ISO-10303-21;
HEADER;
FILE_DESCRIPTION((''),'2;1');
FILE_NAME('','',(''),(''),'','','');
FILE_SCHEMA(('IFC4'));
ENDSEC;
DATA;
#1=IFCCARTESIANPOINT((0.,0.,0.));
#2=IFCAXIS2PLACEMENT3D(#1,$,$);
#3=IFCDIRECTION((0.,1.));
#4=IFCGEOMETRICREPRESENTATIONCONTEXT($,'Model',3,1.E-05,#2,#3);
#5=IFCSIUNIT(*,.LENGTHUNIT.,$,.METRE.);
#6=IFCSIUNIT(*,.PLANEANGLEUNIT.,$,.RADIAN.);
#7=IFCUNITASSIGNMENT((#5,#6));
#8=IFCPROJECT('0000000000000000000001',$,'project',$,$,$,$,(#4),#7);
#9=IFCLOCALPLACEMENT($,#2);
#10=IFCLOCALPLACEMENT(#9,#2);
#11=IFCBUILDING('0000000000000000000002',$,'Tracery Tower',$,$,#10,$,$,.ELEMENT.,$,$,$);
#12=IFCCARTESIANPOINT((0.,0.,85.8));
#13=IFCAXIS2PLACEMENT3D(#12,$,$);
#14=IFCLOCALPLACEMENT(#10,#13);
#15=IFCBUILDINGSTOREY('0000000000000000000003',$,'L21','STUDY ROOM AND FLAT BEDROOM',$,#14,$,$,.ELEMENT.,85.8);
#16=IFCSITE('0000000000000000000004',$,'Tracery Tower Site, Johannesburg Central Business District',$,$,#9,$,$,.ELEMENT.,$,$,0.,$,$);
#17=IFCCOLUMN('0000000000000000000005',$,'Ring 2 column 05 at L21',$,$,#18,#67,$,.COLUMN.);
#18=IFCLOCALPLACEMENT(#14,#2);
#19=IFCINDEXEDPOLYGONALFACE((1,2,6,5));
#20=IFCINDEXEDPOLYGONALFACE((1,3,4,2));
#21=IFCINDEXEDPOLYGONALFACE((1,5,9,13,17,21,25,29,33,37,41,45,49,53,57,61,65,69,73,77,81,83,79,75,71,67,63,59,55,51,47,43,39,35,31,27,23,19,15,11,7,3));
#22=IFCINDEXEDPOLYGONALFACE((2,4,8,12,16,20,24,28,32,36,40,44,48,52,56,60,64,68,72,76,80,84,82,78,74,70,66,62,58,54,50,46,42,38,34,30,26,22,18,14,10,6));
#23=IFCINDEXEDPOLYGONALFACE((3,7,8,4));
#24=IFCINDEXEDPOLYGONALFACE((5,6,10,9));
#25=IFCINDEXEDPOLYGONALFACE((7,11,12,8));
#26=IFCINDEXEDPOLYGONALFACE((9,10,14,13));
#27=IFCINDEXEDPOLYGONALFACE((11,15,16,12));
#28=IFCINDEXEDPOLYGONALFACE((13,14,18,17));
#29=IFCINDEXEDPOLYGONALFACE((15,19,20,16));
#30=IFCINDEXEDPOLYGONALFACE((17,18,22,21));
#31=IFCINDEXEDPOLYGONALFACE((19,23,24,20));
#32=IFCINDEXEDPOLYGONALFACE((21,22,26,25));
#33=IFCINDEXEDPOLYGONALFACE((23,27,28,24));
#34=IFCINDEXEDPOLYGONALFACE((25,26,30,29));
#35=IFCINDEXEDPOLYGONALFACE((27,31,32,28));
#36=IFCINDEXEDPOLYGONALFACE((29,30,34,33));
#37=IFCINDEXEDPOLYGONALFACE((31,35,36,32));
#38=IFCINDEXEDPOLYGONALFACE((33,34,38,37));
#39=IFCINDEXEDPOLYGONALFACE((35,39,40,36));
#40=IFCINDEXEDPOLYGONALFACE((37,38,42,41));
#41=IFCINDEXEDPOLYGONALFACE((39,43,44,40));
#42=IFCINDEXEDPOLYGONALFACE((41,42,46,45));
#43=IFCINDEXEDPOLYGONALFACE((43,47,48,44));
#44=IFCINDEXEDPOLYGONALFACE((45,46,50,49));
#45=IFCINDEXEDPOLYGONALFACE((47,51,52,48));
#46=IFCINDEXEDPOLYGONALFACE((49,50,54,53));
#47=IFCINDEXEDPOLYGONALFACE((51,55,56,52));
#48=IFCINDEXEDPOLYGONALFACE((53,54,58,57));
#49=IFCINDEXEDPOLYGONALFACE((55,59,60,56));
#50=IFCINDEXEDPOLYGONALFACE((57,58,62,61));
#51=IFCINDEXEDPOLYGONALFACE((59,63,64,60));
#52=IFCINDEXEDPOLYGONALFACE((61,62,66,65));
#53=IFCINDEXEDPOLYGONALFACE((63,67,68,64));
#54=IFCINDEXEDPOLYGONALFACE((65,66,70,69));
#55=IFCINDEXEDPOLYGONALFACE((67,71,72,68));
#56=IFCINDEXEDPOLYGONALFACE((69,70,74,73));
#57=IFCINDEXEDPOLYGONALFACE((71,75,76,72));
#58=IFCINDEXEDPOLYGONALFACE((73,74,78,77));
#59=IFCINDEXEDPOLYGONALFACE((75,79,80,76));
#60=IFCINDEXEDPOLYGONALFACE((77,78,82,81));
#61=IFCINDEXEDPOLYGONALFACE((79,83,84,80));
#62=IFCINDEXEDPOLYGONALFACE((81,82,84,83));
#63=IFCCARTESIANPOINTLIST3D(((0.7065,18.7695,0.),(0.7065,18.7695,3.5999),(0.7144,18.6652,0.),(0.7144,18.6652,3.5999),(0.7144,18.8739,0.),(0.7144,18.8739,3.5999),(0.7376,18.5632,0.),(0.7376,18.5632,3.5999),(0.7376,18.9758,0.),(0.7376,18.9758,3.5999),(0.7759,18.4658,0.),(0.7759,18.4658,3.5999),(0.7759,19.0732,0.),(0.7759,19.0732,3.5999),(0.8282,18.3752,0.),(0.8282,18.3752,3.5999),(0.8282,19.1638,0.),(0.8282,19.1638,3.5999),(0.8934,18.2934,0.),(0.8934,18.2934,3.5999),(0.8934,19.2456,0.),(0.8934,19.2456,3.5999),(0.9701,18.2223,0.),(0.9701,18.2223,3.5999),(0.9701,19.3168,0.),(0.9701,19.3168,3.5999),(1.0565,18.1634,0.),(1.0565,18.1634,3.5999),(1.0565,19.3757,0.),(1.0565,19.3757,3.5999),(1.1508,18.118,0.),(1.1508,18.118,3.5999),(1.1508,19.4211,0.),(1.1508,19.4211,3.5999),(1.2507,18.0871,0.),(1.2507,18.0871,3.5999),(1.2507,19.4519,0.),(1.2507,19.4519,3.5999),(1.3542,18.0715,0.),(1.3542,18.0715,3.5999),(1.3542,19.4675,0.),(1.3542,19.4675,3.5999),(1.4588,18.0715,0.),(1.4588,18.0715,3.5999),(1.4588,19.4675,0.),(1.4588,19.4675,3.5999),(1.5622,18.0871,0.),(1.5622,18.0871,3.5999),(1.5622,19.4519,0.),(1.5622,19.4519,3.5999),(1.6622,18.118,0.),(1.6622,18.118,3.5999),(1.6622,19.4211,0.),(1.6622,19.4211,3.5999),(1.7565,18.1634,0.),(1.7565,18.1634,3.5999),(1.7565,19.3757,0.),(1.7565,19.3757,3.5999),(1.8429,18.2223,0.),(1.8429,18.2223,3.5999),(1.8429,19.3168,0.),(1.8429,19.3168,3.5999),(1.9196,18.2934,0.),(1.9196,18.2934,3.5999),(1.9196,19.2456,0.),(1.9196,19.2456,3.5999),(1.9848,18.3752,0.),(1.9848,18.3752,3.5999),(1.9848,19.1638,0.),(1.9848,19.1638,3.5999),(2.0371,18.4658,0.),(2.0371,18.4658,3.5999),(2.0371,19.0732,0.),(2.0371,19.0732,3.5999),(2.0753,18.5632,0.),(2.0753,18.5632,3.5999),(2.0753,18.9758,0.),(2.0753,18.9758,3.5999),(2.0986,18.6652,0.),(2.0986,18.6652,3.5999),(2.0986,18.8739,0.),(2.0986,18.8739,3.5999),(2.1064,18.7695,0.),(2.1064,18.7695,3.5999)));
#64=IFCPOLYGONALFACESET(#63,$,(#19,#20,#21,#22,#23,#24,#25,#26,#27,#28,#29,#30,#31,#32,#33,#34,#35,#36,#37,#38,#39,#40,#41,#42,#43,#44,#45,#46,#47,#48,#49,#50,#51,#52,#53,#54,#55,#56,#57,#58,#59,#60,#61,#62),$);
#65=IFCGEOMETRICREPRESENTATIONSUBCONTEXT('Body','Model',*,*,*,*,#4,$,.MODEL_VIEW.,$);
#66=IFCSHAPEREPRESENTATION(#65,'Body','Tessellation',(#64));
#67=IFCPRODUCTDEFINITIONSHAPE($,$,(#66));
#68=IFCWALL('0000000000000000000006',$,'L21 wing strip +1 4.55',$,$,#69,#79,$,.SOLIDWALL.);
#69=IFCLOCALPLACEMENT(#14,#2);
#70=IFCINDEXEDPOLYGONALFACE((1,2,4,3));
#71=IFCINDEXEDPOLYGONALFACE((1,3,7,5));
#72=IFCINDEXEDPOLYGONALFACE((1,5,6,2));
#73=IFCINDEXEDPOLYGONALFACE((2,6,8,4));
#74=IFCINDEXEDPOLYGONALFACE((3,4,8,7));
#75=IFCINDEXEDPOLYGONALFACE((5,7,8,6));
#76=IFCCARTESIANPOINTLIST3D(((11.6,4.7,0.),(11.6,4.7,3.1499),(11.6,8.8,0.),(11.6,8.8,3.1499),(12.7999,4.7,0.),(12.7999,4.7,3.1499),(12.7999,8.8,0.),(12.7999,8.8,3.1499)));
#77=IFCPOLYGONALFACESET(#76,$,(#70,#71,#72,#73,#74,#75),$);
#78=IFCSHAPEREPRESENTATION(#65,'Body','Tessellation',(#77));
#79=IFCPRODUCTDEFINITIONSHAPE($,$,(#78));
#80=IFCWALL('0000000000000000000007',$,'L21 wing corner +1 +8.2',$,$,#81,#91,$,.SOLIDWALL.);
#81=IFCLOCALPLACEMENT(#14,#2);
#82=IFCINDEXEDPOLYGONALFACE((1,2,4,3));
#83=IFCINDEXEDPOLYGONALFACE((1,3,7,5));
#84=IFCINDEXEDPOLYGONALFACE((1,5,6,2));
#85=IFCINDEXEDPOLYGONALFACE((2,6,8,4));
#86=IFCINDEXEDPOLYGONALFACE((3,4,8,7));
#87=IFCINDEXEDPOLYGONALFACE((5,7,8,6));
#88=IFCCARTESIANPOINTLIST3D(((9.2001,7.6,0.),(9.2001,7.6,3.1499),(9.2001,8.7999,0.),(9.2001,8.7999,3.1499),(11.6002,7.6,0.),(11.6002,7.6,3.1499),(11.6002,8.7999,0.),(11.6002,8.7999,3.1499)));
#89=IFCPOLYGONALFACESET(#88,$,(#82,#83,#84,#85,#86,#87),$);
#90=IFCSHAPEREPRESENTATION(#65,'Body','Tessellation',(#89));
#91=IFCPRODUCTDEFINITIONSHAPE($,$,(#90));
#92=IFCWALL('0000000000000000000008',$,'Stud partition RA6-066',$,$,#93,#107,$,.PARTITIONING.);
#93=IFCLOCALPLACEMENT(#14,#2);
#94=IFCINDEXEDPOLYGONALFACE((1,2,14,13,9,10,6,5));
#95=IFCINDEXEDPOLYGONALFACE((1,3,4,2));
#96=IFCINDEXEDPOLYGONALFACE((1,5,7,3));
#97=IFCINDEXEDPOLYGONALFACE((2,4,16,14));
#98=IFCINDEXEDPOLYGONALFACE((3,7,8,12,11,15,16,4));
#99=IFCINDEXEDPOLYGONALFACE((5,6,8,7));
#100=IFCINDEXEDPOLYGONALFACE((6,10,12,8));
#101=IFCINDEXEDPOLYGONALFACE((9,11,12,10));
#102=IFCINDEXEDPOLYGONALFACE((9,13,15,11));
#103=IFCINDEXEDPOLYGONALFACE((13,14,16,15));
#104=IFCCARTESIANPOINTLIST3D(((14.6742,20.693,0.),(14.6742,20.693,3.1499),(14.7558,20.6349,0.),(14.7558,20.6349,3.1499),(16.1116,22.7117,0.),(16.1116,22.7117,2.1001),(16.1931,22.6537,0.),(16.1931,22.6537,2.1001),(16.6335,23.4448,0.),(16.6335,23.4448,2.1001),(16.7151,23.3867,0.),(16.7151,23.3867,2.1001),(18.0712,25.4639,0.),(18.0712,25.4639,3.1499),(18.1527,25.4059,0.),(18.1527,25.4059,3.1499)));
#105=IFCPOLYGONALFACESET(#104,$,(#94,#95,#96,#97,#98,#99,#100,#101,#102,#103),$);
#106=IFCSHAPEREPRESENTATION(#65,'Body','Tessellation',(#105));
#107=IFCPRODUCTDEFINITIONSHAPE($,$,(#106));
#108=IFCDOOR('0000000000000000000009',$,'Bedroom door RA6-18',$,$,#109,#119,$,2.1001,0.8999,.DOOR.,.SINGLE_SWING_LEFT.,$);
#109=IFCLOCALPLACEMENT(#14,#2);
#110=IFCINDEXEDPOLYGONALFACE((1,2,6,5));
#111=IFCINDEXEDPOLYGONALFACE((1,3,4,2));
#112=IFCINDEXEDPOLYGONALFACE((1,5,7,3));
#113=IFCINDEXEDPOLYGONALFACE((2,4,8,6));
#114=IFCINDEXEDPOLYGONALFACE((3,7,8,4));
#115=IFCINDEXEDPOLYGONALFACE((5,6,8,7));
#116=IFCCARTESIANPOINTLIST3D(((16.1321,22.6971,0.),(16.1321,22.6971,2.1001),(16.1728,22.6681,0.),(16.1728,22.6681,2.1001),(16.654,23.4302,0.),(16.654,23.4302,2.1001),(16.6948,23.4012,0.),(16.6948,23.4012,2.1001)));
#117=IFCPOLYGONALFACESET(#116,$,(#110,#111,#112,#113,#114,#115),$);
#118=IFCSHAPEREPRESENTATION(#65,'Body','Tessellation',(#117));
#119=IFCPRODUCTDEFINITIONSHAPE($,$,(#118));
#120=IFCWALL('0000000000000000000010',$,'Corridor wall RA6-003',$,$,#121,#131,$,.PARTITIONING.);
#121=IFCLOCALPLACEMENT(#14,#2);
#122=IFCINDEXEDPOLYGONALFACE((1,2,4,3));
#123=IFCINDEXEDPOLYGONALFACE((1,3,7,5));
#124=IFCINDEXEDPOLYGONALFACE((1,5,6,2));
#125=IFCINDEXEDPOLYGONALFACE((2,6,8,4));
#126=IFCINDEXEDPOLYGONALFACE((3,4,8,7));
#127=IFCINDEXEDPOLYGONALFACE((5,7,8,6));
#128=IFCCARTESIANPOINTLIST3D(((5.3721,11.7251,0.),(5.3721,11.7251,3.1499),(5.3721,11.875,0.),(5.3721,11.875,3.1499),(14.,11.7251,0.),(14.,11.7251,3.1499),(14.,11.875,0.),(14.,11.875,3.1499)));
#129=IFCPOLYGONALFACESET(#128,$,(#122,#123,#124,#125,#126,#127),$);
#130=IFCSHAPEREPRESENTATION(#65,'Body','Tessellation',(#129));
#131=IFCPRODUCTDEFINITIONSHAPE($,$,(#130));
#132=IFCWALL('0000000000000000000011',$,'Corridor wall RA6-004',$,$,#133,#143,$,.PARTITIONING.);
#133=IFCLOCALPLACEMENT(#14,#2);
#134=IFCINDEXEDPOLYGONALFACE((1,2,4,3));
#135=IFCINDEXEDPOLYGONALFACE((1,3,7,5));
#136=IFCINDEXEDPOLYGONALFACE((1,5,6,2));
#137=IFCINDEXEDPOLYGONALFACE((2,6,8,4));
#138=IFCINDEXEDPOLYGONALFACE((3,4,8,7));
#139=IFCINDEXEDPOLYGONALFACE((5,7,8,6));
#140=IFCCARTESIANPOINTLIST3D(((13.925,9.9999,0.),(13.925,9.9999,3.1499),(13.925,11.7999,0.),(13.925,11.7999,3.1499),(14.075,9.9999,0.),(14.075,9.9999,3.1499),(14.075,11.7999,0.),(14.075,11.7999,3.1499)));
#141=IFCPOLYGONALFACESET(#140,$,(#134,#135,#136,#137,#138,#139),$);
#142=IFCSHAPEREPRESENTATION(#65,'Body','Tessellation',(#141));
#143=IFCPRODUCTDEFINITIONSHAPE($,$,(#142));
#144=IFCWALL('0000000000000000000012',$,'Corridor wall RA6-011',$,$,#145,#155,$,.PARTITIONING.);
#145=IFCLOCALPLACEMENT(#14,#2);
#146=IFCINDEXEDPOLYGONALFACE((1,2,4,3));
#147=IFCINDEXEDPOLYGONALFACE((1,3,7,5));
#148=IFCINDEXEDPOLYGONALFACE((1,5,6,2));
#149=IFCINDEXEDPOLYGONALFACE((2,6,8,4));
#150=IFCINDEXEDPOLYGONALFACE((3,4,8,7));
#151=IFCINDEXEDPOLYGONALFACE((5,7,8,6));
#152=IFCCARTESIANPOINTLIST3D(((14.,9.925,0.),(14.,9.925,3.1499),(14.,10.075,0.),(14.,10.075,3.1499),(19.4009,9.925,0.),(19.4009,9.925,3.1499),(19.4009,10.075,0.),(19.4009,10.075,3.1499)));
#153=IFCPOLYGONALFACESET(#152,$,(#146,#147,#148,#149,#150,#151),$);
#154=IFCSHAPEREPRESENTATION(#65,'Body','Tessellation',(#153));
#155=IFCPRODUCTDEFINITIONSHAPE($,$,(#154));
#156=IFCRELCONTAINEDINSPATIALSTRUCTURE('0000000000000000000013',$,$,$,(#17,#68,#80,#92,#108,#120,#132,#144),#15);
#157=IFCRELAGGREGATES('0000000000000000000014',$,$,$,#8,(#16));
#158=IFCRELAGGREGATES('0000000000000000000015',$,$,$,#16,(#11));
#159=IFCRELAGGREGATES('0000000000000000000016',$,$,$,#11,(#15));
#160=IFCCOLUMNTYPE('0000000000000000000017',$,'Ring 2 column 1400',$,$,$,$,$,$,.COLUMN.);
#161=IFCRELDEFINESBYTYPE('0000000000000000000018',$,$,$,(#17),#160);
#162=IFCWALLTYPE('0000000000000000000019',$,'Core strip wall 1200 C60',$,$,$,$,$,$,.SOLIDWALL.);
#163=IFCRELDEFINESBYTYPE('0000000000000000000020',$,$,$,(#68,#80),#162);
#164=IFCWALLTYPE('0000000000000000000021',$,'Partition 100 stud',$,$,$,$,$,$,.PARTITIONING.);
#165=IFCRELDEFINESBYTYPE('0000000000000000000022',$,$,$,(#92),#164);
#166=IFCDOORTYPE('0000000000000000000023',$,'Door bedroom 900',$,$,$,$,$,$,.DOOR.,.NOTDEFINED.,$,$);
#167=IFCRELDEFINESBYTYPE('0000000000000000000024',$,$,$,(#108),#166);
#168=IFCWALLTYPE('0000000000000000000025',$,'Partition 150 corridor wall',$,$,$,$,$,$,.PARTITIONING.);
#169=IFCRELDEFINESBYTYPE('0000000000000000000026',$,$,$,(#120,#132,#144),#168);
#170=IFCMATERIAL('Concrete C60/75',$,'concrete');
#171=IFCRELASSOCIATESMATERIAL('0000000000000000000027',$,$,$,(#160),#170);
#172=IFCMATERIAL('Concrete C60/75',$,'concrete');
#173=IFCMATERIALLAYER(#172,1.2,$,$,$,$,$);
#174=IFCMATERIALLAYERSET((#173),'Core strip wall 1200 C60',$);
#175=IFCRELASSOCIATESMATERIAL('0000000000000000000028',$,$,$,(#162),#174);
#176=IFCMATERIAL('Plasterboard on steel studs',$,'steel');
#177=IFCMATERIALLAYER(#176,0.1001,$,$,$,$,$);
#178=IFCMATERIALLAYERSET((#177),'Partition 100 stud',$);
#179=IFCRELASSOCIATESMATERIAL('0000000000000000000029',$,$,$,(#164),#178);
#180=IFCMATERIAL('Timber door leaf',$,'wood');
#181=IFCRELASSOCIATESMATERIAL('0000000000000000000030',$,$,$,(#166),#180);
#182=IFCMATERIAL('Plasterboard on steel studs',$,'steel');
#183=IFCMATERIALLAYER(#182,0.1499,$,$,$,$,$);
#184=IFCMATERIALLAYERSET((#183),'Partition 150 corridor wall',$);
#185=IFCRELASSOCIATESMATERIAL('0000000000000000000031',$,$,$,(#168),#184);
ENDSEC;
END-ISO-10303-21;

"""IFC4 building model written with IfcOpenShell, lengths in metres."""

from ifc_helpers import new_model, si_unit, direction, frame, frame_2d, origin, origin_2d, place, context, subcontext, project, spatial, rectangle, circle, extrude, material, layer, layer_set, material_profile, profile_set, type_object, element, fill, save


model = new_model("IFC4")

# Units and contexts
model_context = context("Model", 3, precision=1e-05, world=origin(), true_north=direction((0.0, 1.0)))
body_context = subcontext(model_context, "Body", "Model", "MODEL_VIEW")
ifc_project = project(units=[si_unit("LENGTHUNIT", "METRE"), si_unit("PLANEANGLEUNIT", "RADIAN")], contexts=[model_context])

# Site, building, storey
site_placement = place(None, origin())
site = spatial("IfcSite", under=ifc_project, at=site_placement, Name="Tracery Tower Site, Johannesburg Central Business District", CompositionType="ELEMENT", RefElevation=0.0)
building_placement = place(site_placement, origin())
building = spatial("IfcBuilding", under=site, at=building_placement, Name="Tracery Tower", CompositionType="ELEMENT")
storey_placement = place(building_placement, frame((0.0, 0.0, 85.8)))
storey = spatial("IfcBuildingStorey", under=building, at=storey_placement, Name="L21", Description="STUDY ROOM AND FLAT BEDROOM", CompositionType="ELEMENT", Elevation=85.8)

# Column
ifc_material_1 = material(Name="Concrete C60/75", Category="concrete")
ifc_material_profile_1 = material_profile(ifc_material_1, circle(Radius=0.7, at=origin_2d()), Name="RC D1400")
ifc_profile_set_1 = profile_set([ifc_material_profile_1], Name="Concrete C60/75")
column_type_1 = type_object("IfcColumnType", Name="Ring 2 column 1400", PredefinedType="COLUMN", material=ifc_profile_set_1)
for number, where, z_axis, x_axis, name in (
    (1, (1.4065, 18.7695, 0.0), (0.0, 0.0, 1.0), (1.0, 0.0, 0.0), "Ring 2 column 05 at L21"),
):
    element("IfcColumn", number, at=place(storey_placement, frame(where, z_axis=z_axis, x_axis=x_axis)), inside=storey, type_object=column_type_1, Name=name, PredefinedType="COLUMN", context=body_context, shape_type="SweptSolid", body=[
        extrude(circle(Radius=0.7, at=origin_2d()), origin(), (0.0, 0.0, 1.0), 3.5999),
    ])

# Walls
ifc_material_2 = material(Name="Concrete C60/75", Category="concrete")
ifc_layer_1 = layer(ifc_material_2, 1.2)
ifc_layer_set_1 = layer_set([ifc_layer_1], Name="Core strip wall 1200 C60")
wall_type_1 = type_object("IfcWallType", Name="Core strip wall 1200 C60", PredefinedType="SOLIDWALL", material=ifc_layer_set_1)
wall_1_placement = place(storey_placement, frame((12.2, 4.7, 0.0), z_axis=(0.0, 0.0, 1.0), x_axis=(0.0, 1.0, 0.0)))
element("IfcWall", 2, at=wall_1_placement, inside=storey, type_object=wall_type_1, Name="L21 wing strip +1 4.55", PredefinedType="SOLIDWALL", context=body_context, shape_type="SweptSolid", body=[
    extrude(rectangle(XDim=4.1001, YDim=1.2, at=frame_2d((2.05, 0.0))), origin(), (0.0, 0.0, 1.0), 3.1499),
])
wall_2_placement = place(storey_placement, frame((9.2, 8.2, 0.0), z_axis=(0.0, 0.0, 1.0), x_axis=(1.0, 0.0, 0.0)))
element("IfcWall", 3, at=wall_2_placement, inside=storey, type_object=wall_type_1, Name="L21 wing corner +1 +8.2", PredefinedType="SOLIDWALL", context=body_context, shape_type="SweptSolid", body=[
    extrude(rectangle(XDim=2.4001, YDim=1.2, at=frame_2d((1.2002, 0.0))), origin(), (0.0, 0.0, 1.0), 3.1499),
])

# Wall, opening, door
ifc_material_3 = material(Name="Plasterboard on steel studs", Category="steel")
ifc_layer_2 = layer(ifc_material_3, 0.1001)
ifc_layer_set_2 = layer_set([ifc_layer_2], Name="Partition 100 stud")
wall_type_2 = type_object("IfcWallType", Name="Partition 100 stud", PredefinedType="PARTITIONING", material=ifc_layer_set_2)
wall_3_placement = place(storey_placement, frame((14.7151, 20.6641, 0.0), z_axis=(0.0, 0.0, 1.0), x_axis=(0.580007, 0.814611, 0.0)))
wall_3 = element("IfcWall", 4, at=wall_3_placement, inside=storey, type_object=wall_type_2, Name="Stud partition RA6-066", PredefinedType="PARTITIONING", context=body_context, shape_type="SweptSolid", body=[
    extrude(rectangle(XDim=5.8567, YDim=0.1001, at=frame_2d((2.9282, 0.0))), origin(), (0.0, 0.0, 1.0), 3.1499),
])
opening_1_placement = place(wall_3_placement, frame((2.478, 0.0, 0.0)))
opening_1 = element("IfcOpeningElement", 5, at=opening_1_placement, cuts=wall_3, PredefinedType="OPENING", context=body_context, shape_type="SweptSolid", body=[
    extrude(rectangle(XDim=0.8999, YDim=2.1001, at=frame_2d((0.45, 1.05))), frame((0.0, 0.05, 0.0), z_axis=(0.0, -1.0, 0.0), x_axis=(1.0, 0.0, 0.0)), (0.0, 0.0, 1.0), 0.1001),
])
ifc_material_4 = material(Name="Timber door leaf", Category="wood")
door_type_1 = type_object("IfcDoorType", Name="Door bedroom 900", OperationType="NOTDEFINED", PredefinedType="DOOR", material=ifc_material_4)
door_1_placement = place(opening_1_placement, origin())
door_1 = element("IfcDoor", 6, at=door_1_placement, inside=storey, type_object=door_type_1, Name="Bedroom door RA6-18", OperationType="SINGLE_SWING_LEFT", OverallHeight=2.1001, OverallWidth=0.8999, PredefinedType="DOOR", context=body_context, shape_type="SweptSolid", body=[
    extrude(rectangle(XDim=0.8999, YDim=2.1001, at=frame_2d((0.45, 1.05))), frame((0.0, 0.0249, 0.0), z_axis=(0.0, -1.0, 0.0), x_axis=(1.0, 0.0, 0.0)), (0.0, 0.0, 1.0), 0.05),
])
fill(opening_1, door_1)

# Walls
ifc_material_5 = material(Name="Plasterboard on steel studs", Category="steel")
ifc_layer_3 = layer(ifc_material_5, 0.1499)
ifc_layer_set_3 = layer_set([ifc_layer_3], Name="Partition 150 corridor wall")
wall_type_3 = type_object("IfcWallType", Name="Partition 150 corridor wall", PredefinedType="PARTITIONING", material=ifc_layer_set_3)
wall_4_placement = place(storey_placement, frame((5.3721, 11.8, 0.0), z_axis=(0.0, 0.0, 1.0), x_axis=(1.0, 0.0, 0.0)))
element("IfcWall", 7, at=wall_4_placement, inside=storey, type_object=wall_type_3, Name="Corridor wall RA6-003", PredefinedType="PARTITIONING", context=body_context, shape_type="SweptSolid", body=[
    extrude(rectangle(XDim=8.6279, YDim=0.1499, at=frame_2d((4.314, 0.0))), origin(), (0.0, 0.0, 1.0), 3.1499),
])
wall_5_placement = place(storey_placement, frame((14.0, 10.0, 0.0), z_axis=(0.0, 0.0, 1.0), x_axis=(0.0, 1.0, 0.0)))
element("IfcWall", 8, at=wall_5_placement, inside=storey, type_object=wall_type_3, Name="Corridor wall RA6-004", PredefinedType="PARTITIONING", context=body_context, shape_type="SweptSolid", body=[
    extrude(rectangle(XDim=1.8, YDim=0.1499, at=frame_2d((0.8999, 0.0))), origin(), (0.0, 0.0, 1.0), 3.1499),
])
wall_6_placement = place(storey_placement, frame((14.0, 10.0, 0.0), z_axis=(0.0, 0.0, 1.0), x_axis=(1.0, 0.0, 0.0)))
element("IfcWall", 9, at=wall_6_placement, inside=storey, type_object=wall_type_3, Name="Corridor wall RA6-011", PredefinedType="PARTITIONING", context=body_context, shape_type="SweptSolid", body=[
    extrude(rectangle(XDim=5.4009, YDim=0.1499, at=frame_2d((2.7004, 0.0))), origin(), (0.0, 0.0, 1.0), 3.1499),
])

save(model, "model.ifc")
